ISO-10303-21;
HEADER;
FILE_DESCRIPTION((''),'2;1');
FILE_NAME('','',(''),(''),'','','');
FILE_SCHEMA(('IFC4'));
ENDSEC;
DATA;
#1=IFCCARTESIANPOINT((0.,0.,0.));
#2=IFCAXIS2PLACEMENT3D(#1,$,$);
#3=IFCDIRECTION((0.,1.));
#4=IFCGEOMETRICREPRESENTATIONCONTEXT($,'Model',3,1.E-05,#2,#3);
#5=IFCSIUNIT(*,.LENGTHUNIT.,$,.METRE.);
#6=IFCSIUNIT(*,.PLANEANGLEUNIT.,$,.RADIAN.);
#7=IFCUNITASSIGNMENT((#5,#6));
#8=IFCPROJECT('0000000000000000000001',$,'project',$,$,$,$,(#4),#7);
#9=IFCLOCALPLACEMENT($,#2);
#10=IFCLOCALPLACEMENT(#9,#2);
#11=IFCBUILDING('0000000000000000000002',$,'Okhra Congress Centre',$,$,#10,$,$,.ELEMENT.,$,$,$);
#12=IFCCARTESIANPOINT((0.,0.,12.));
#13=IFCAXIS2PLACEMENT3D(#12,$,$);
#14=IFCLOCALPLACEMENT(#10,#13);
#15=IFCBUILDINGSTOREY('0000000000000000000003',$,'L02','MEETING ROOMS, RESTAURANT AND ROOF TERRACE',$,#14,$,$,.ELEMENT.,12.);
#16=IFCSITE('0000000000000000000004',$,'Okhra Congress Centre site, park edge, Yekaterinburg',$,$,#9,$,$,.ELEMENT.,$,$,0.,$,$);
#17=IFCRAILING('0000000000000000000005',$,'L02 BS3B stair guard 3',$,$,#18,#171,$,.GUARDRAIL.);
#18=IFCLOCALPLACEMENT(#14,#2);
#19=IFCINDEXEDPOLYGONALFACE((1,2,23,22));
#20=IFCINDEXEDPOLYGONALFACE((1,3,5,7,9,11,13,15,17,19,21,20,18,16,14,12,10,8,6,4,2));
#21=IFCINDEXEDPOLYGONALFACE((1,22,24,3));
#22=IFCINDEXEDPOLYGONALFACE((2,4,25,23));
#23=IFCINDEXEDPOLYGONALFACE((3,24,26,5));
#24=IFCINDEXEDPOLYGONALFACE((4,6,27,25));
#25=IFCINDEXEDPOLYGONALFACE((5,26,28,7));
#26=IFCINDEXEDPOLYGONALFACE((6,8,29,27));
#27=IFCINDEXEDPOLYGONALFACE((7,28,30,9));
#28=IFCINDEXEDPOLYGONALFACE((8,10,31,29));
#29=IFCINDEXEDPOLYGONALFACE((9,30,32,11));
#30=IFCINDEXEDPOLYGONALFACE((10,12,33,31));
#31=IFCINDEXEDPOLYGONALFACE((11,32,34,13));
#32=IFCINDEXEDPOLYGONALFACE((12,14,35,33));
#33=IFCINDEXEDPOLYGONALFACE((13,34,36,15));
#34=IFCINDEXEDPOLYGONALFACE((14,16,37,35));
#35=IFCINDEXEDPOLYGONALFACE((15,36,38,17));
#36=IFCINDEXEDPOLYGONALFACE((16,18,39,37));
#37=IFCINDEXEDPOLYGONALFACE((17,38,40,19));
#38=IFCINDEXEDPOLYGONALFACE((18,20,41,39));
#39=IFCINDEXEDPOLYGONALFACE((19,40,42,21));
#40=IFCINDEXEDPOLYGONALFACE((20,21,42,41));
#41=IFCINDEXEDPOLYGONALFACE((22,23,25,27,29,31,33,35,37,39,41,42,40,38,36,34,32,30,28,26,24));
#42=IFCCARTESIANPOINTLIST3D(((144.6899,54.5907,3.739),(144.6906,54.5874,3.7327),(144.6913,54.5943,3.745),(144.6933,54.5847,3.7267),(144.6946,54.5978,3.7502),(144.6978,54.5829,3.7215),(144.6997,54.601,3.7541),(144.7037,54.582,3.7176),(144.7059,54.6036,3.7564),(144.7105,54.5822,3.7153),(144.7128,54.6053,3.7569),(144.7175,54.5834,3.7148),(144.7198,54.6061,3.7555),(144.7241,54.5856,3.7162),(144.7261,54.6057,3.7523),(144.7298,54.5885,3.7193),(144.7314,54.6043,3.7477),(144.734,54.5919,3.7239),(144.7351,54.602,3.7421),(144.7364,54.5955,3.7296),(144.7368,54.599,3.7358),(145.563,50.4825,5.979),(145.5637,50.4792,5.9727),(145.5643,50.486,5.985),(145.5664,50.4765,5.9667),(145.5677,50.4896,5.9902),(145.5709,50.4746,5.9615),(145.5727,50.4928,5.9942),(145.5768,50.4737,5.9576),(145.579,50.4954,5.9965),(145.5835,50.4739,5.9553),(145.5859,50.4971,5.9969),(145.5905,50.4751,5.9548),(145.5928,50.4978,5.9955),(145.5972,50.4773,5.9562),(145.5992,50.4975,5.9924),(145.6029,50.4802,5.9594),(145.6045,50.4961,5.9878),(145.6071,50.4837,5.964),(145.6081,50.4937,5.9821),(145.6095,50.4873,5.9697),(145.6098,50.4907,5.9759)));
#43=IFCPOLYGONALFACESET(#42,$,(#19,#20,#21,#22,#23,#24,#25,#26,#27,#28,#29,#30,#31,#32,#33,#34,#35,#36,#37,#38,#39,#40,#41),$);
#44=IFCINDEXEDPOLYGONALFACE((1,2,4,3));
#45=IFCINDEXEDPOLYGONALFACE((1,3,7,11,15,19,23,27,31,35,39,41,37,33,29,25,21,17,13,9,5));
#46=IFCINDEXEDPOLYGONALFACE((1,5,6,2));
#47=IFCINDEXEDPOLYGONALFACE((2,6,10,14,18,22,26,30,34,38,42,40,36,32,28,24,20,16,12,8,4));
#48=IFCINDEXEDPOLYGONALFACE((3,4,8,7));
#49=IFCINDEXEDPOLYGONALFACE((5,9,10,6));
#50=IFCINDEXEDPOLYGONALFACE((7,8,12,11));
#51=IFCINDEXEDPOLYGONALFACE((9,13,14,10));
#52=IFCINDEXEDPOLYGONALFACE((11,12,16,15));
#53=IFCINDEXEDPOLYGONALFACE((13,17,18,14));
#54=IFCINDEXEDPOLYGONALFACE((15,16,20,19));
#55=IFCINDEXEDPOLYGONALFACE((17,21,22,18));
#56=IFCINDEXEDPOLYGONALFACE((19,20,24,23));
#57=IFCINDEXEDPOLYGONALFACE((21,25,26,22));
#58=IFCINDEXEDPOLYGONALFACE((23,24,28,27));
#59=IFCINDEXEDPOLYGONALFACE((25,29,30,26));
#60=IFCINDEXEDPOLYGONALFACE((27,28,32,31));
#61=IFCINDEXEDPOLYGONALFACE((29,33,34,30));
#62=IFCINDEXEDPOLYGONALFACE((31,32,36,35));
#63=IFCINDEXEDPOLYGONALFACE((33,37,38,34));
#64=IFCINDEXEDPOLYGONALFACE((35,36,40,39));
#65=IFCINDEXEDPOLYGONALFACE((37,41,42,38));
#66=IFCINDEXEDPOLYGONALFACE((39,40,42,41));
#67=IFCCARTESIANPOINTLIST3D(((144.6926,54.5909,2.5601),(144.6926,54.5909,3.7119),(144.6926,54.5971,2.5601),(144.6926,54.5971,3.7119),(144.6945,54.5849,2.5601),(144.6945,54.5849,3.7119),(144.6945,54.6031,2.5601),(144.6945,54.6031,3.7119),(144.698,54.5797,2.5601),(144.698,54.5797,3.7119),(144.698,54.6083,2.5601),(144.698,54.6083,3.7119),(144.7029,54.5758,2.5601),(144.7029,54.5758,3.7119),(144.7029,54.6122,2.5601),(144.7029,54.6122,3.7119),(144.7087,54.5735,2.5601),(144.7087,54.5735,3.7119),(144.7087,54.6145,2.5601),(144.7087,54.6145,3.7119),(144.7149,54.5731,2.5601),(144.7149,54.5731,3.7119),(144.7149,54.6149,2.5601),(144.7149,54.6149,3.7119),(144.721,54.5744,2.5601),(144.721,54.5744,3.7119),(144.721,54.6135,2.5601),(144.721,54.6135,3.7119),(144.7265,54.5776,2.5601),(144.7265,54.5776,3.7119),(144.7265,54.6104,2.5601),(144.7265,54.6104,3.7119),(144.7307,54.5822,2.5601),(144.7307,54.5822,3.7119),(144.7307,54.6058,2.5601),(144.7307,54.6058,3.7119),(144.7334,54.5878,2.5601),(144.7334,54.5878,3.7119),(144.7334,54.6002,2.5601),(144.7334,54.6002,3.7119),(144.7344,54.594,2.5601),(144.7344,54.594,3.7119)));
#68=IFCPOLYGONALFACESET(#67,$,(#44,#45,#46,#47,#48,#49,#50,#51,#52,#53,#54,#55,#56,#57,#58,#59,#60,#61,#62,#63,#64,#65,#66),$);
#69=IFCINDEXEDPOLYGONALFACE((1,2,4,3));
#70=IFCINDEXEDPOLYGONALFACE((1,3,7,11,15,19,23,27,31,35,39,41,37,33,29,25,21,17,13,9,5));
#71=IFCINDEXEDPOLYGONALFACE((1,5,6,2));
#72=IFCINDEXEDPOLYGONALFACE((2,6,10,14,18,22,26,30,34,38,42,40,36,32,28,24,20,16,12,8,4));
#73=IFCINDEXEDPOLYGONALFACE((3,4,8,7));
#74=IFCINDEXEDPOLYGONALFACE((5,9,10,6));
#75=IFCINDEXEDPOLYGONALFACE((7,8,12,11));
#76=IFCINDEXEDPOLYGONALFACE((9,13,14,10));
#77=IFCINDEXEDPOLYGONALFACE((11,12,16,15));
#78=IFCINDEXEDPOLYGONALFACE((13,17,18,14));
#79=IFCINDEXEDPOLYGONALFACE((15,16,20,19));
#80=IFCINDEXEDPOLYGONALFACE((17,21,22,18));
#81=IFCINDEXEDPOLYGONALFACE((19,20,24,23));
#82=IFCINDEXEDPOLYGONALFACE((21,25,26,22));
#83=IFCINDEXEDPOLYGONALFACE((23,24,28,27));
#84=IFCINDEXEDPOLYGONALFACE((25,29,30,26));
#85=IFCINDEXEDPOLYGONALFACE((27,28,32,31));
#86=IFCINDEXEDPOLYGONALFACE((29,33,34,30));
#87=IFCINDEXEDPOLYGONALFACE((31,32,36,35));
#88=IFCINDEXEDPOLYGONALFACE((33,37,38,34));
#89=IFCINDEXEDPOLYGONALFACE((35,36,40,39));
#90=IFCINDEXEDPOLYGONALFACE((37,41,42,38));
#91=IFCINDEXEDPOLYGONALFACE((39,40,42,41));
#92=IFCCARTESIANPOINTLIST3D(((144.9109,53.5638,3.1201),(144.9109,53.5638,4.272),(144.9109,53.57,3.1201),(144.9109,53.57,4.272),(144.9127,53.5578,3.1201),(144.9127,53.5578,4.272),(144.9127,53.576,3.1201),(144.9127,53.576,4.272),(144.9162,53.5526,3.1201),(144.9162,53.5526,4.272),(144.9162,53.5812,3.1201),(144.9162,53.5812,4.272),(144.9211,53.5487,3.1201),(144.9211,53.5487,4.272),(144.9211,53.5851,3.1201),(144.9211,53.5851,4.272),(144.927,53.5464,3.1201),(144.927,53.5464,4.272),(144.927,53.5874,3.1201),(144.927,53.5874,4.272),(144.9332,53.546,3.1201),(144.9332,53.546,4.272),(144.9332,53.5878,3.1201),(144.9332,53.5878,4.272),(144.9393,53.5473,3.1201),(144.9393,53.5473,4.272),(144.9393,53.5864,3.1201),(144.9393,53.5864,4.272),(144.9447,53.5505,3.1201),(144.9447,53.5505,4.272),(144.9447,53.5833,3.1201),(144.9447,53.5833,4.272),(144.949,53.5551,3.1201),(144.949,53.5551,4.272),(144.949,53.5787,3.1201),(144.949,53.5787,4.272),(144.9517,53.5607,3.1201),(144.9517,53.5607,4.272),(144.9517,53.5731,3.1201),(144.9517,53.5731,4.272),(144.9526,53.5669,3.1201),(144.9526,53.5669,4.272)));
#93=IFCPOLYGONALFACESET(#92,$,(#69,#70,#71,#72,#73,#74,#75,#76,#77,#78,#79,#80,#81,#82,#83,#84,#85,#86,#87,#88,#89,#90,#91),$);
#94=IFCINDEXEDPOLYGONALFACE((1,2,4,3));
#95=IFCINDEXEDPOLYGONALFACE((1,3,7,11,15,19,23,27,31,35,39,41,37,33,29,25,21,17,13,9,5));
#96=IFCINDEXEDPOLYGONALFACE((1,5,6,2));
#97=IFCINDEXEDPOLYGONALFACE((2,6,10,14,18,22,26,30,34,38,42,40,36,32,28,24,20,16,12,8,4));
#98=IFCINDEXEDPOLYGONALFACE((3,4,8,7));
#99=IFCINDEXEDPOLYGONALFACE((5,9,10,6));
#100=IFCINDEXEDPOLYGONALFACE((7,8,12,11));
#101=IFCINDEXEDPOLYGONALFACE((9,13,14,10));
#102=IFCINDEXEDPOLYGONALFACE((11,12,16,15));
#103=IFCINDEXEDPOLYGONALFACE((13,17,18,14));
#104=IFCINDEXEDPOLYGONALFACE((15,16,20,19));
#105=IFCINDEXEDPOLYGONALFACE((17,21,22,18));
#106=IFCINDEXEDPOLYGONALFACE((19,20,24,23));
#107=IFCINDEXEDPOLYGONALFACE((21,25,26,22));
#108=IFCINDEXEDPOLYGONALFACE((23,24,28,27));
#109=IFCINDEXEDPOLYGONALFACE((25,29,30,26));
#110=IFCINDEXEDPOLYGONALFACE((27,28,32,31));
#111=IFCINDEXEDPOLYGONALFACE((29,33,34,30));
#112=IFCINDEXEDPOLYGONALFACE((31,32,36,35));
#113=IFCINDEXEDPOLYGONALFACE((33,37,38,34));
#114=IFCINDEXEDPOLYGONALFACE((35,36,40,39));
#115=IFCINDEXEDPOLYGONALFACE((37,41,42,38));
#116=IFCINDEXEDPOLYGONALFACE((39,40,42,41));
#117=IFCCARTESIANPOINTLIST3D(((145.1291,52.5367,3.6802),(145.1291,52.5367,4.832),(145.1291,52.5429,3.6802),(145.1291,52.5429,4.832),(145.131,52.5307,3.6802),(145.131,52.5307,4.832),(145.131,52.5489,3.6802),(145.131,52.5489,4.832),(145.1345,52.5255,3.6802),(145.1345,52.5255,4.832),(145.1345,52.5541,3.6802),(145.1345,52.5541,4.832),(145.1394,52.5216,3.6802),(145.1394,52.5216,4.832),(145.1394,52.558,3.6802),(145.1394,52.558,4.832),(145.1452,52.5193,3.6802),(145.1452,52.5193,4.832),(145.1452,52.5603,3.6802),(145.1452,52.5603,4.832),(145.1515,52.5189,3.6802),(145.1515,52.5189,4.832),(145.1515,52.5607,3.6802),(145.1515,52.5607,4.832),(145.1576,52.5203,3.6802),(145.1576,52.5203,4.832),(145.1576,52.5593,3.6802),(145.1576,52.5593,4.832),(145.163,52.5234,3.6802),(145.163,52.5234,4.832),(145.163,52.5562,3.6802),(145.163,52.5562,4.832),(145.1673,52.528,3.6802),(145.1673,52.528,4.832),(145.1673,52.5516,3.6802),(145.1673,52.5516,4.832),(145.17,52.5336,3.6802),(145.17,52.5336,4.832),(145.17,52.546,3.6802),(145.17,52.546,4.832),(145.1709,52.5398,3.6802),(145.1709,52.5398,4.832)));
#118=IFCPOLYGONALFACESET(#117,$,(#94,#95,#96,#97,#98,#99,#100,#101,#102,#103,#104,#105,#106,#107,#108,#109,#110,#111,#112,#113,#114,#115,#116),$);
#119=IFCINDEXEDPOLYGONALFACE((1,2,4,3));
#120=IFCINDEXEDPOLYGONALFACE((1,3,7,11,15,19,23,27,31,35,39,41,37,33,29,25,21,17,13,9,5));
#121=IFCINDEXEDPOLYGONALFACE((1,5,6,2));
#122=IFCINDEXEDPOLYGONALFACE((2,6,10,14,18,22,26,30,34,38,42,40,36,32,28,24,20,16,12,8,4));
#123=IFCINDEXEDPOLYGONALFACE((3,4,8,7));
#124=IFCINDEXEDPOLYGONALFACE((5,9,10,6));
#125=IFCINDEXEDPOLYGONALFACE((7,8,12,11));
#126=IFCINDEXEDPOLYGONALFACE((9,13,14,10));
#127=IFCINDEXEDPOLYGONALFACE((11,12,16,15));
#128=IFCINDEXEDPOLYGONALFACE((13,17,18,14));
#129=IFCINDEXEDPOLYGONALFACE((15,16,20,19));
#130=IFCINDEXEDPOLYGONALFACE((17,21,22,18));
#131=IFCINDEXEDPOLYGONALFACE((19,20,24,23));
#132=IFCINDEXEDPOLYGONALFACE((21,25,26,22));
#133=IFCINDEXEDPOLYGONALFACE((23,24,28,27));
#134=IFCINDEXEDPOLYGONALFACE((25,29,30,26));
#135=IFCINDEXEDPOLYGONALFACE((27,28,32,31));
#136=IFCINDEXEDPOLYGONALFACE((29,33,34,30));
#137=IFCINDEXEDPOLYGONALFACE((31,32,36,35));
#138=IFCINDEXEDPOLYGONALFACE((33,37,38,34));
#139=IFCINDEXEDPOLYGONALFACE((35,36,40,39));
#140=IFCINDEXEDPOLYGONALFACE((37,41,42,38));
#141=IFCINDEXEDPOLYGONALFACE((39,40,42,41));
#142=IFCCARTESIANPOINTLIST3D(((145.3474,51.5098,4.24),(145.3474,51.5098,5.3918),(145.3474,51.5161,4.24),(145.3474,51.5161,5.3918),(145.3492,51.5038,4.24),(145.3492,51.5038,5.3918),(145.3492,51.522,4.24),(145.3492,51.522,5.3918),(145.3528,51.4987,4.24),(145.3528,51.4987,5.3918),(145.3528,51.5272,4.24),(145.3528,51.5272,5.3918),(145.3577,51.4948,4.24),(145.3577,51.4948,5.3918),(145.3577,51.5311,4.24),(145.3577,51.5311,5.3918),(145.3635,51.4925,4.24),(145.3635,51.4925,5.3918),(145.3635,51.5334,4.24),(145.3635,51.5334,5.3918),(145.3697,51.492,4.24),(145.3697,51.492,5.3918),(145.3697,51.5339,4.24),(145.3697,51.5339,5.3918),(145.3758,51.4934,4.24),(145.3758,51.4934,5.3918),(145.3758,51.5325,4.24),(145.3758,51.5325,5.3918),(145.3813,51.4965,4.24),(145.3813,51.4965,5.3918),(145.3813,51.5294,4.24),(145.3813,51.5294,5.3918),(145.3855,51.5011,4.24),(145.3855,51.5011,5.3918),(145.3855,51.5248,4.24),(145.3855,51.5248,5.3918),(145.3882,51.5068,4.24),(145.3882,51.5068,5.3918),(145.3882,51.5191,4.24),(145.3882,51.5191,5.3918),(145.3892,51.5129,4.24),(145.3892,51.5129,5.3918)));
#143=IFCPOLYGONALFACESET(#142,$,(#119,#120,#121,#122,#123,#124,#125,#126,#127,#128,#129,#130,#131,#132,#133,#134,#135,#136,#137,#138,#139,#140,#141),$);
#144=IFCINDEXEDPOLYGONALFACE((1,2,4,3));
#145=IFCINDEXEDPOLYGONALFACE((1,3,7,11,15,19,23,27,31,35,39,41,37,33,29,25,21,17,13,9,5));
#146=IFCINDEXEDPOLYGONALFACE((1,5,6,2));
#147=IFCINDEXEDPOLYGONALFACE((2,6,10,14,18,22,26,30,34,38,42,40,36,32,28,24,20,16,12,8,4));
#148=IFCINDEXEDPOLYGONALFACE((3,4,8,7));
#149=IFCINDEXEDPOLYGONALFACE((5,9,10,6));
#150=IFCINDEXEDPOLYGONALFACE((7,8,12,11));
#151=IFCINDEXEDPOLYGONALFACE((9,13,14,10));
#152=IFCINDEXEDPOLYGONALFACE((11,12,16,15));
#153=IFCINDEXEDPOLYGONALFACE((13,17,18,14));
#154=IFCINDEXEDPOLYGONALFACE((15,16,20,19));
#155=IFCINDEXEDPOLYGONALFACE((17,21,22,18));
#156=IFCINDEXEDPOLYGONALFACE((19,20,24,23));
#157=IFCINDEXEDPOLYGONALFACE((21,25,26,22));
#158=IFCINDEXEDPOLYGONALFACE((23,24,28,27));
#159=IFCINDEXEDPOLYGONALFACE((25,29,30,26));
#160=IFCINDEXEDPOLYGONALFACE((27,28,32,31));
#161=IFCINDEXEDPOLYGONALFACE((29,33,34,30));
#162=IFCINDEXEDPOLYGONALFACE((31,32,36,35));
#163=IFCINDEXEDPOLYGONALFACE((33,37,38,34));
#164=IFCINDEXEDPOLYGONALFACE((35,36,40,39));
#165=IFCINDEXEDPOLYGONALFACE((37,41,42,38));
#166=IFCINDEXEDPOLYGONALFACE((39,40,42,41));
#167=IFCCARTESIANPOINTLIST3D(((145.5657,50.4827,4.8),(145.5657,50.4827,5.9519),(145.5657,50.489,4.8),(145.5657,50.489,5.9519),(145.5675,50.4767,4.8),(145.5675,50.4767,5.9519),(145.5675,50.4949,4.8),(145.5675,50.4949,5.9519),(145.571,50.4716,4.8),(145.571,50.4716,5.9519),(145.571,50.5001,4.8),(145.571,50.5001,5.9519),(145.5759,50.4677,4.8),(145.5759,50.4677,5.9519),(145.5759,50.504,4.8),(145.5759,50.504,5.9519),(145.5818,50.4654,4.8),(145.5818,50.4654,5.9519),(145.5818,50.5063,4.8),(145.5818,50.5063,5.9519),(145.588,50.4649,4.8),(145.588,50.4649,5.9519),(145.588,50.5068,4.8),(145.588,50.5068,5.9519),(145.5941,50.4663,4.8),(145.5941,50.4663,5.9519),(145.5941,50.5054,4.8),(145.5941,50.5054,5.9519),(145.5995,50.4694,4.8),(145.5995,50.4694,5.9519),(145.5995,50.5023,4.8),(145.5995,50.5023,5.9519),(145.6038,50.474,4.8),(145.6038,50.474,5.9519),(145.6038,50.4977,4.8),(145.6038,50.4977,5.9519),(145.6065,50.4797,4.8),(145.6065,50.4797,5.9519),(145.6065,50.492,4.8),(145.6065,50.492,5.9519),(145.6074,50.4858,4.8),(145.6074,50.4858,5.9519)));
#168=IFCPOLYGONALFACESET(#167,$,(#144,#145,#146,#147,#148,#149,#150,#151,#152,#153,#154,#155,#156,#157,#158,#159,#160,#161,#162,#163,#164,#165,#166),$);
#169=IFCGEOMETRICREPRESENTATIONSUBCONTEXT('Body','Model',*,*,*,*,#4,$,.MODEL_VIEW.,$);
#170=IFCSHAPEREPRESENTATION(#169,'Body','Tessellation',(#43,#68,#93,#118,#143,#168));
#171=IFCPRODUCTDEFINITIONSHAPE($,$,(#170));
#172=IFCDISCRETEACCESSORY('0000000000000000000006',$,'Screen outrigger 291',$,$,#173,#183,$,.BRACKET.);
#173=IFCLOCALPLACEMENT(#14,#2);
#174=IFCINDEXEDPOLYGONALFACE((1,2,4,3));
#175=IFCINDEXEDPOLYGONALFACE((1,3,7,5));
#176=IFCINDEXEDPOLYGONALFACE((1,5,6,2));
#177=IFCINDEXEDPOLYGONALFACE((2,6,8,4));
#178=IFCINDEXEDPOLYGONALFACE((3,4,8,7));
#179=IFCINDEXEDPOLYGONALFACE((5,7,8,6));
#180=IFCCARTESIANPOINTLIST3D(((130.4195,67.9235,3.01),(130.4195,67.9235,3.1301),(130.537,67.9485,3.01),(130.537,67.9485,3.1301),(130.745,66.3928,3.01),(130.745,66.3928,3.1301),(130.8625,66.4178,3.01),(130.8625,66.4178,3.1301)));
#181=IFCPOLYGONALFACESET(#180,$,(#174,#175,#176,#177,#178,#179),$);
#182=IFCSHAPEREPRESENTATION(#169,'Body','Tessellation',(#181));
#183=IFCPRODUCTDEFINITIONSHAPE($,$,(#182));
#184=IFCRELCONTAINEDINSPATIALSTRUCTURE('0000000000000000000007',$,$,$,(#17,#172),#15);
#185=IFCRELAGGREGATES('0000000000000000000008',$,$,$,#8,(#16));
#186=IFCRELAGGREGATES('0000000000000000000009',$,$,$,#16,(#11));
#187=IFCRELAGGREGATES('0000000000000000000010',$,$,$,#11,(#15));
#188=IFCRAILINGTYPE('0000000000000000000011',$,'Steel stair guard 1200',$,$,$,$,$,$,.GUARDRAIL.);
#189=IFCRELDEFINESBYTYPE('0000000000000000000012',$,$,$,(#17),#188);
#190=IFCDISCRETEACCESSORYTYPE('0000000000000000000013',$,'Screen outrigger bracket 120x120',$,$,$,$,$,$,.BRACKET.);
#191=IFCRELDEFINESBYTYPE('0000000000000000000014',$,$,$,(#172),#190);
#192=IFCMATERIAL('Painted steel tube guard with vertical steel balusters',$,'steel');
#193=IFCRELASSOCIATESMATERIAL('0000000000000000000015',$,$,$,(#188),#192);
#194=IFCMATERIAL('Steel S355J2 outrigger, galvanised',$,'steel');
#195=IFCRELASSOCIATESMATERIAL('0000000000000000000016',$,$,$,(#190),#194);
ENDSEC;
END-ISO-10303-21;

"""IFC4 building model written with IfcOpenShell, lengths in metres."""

from ifc_helpers import new_model, si_unit, direction, frame, origin, origin_2d, place, context, subcontext, project, spatial, rectangle, circle, extrude, material, material_profile, profile_set, type_object, element, save


model = new_model("IFC4")

# Units and contexts
model_context = context("Model", 3, precision=1e-05, world=origin(), true_north=direction((0.0, 1.0)))
body_context = subcontext(model_context, "Body", "Model", "MODEL_VIEW")
ifc_project = project(units=[si_unit("LENGTHUNIT", "METRE"), si_unit("PLANEANGLEUNIT", "RADIAN")], contexts=[model_context])

# Site, building, storey
site_placement = place(None, origin())
site = spatial("IfcSite", under=ifc_project, at=site_placement, Name="Okhra Congress Centre site, park edge, Yekaterinburg", CompositionType="ELEMENT", RefElevation=0.0)
building_placement = place(site_placement, origin())
building = spatial("IfcBuilding", under=site, at=building_placement, Name="Okhra Congress Centre", CompositionType="ELEMENT")
storey_placement = place(building_placement, frame((0.0, 0.0, 12.0)))
storey = spatial("IfcBuildingStorey", under=building, at=storey_placement, Name="L02", Description="MEETING ROOMS, RESTAURANT AND ROOF TERRACE", CompositionType="ELEMENT", Elevation=12.0)

# Railing
ifc_material_1 = material(Name="Painted steel tube guard with vertical steel balusters", Category="steel")
railing_type_1 = type_object("IfcRailingType", Name="Steel stair guard 1200", PredefinedType="GUARDRAIL", material=ifc_material_1)
railing_1_placement = place(storey_placement, frame((144.7134, 54.594, 2.5601)))
element("IfcRailing", 1, at=railing_1_placement, inside=storey, type_object=railing_type_1, Name="L02 BS3B stair guard 3", PredefinedType="GUARDRAIL", context=body_context, shape_type="SweptSolid", body=[
    extrude(circle(Radius=0.0239, at=origin_2d()), frame((0.0, 0.0, 1.1758), z_axis=(0.183417, -0.863075, 0.470596), x_axis=(0.978156, 0.207873, 0.0)), (0.0, 0.0, 1.0), 4.76),
    extrude(circle(Radius=0.021, at=origin_2d()), origin(), (0.0, 0.0, 1.0), 1.1519),
    extrude(circle(Radius=0.021, at=origin_2d()), frame((0.2183, -1.0271, 0.5601)), (0.0, 0.0, 1.0), 1.1519),
    extrude(circle(Radius=0.021, at=origin_2d()), frame((0.4365, -2.0542, 1.1201)), (0.0, 0.0, 1.0), 1.1519),
    extrude(circle(Radius=0.021, at=origin_2d()), frame((0.6548, -3.0811, 1.6799)), (0.0, 0.0, 1.0), 1.1519),
    extrude(circle(Radius=0.021, at=origin_2d()), frame((0.873, -4.1082, 2.24)), (0.0, 0.0, 1.0), 1.1519),
])

# Discrete accessory
ifc_material_2 = material(Name="Steel S355J2 outrigger, galvanised", Category="steel")
ifc_material_profile_1 = material_profile(ifc_material_2, rectangle(XDim=0.1201, YDim=0.1201, at=origin_2d()), Name="Screen outrigger bracket 120x120")
ifc_profile_set_1 = profile_set([ifc_material_profile_1], Name="Steel S355J2 outrigger, galvanised")
discrete_accessory_type = type_object("IfcDiscreteAccessoryType", Name="Screen outrigger bracket 120x120", PredefinedType="BRACKET", material=ifc_profile_set_1)
discrete_accessory_placement = place(storey_placement, frame((130.8037, 66.4053, 3.0701), z_axis=(-0.207952, 0.978139, 0.0), x_axis=(-0.978139, -0.207952, 0.0)))
element("IfcDiscreteAccessory", 2, at=discrete_accessory_placement, inside=storey, type_object=discrete_accessory_type, Name="Screen outrigger 291", PredefinedType="BRACKET", context=body_context, shape_type="SweptSolid", body=[
    extrude(rectangle(XDim=0.1201, YDim=0.1201, at=origin_2d()), origin(), (0.0, 0.0, 1.0), 1.5649),
])

save(model, "model.ifc")
